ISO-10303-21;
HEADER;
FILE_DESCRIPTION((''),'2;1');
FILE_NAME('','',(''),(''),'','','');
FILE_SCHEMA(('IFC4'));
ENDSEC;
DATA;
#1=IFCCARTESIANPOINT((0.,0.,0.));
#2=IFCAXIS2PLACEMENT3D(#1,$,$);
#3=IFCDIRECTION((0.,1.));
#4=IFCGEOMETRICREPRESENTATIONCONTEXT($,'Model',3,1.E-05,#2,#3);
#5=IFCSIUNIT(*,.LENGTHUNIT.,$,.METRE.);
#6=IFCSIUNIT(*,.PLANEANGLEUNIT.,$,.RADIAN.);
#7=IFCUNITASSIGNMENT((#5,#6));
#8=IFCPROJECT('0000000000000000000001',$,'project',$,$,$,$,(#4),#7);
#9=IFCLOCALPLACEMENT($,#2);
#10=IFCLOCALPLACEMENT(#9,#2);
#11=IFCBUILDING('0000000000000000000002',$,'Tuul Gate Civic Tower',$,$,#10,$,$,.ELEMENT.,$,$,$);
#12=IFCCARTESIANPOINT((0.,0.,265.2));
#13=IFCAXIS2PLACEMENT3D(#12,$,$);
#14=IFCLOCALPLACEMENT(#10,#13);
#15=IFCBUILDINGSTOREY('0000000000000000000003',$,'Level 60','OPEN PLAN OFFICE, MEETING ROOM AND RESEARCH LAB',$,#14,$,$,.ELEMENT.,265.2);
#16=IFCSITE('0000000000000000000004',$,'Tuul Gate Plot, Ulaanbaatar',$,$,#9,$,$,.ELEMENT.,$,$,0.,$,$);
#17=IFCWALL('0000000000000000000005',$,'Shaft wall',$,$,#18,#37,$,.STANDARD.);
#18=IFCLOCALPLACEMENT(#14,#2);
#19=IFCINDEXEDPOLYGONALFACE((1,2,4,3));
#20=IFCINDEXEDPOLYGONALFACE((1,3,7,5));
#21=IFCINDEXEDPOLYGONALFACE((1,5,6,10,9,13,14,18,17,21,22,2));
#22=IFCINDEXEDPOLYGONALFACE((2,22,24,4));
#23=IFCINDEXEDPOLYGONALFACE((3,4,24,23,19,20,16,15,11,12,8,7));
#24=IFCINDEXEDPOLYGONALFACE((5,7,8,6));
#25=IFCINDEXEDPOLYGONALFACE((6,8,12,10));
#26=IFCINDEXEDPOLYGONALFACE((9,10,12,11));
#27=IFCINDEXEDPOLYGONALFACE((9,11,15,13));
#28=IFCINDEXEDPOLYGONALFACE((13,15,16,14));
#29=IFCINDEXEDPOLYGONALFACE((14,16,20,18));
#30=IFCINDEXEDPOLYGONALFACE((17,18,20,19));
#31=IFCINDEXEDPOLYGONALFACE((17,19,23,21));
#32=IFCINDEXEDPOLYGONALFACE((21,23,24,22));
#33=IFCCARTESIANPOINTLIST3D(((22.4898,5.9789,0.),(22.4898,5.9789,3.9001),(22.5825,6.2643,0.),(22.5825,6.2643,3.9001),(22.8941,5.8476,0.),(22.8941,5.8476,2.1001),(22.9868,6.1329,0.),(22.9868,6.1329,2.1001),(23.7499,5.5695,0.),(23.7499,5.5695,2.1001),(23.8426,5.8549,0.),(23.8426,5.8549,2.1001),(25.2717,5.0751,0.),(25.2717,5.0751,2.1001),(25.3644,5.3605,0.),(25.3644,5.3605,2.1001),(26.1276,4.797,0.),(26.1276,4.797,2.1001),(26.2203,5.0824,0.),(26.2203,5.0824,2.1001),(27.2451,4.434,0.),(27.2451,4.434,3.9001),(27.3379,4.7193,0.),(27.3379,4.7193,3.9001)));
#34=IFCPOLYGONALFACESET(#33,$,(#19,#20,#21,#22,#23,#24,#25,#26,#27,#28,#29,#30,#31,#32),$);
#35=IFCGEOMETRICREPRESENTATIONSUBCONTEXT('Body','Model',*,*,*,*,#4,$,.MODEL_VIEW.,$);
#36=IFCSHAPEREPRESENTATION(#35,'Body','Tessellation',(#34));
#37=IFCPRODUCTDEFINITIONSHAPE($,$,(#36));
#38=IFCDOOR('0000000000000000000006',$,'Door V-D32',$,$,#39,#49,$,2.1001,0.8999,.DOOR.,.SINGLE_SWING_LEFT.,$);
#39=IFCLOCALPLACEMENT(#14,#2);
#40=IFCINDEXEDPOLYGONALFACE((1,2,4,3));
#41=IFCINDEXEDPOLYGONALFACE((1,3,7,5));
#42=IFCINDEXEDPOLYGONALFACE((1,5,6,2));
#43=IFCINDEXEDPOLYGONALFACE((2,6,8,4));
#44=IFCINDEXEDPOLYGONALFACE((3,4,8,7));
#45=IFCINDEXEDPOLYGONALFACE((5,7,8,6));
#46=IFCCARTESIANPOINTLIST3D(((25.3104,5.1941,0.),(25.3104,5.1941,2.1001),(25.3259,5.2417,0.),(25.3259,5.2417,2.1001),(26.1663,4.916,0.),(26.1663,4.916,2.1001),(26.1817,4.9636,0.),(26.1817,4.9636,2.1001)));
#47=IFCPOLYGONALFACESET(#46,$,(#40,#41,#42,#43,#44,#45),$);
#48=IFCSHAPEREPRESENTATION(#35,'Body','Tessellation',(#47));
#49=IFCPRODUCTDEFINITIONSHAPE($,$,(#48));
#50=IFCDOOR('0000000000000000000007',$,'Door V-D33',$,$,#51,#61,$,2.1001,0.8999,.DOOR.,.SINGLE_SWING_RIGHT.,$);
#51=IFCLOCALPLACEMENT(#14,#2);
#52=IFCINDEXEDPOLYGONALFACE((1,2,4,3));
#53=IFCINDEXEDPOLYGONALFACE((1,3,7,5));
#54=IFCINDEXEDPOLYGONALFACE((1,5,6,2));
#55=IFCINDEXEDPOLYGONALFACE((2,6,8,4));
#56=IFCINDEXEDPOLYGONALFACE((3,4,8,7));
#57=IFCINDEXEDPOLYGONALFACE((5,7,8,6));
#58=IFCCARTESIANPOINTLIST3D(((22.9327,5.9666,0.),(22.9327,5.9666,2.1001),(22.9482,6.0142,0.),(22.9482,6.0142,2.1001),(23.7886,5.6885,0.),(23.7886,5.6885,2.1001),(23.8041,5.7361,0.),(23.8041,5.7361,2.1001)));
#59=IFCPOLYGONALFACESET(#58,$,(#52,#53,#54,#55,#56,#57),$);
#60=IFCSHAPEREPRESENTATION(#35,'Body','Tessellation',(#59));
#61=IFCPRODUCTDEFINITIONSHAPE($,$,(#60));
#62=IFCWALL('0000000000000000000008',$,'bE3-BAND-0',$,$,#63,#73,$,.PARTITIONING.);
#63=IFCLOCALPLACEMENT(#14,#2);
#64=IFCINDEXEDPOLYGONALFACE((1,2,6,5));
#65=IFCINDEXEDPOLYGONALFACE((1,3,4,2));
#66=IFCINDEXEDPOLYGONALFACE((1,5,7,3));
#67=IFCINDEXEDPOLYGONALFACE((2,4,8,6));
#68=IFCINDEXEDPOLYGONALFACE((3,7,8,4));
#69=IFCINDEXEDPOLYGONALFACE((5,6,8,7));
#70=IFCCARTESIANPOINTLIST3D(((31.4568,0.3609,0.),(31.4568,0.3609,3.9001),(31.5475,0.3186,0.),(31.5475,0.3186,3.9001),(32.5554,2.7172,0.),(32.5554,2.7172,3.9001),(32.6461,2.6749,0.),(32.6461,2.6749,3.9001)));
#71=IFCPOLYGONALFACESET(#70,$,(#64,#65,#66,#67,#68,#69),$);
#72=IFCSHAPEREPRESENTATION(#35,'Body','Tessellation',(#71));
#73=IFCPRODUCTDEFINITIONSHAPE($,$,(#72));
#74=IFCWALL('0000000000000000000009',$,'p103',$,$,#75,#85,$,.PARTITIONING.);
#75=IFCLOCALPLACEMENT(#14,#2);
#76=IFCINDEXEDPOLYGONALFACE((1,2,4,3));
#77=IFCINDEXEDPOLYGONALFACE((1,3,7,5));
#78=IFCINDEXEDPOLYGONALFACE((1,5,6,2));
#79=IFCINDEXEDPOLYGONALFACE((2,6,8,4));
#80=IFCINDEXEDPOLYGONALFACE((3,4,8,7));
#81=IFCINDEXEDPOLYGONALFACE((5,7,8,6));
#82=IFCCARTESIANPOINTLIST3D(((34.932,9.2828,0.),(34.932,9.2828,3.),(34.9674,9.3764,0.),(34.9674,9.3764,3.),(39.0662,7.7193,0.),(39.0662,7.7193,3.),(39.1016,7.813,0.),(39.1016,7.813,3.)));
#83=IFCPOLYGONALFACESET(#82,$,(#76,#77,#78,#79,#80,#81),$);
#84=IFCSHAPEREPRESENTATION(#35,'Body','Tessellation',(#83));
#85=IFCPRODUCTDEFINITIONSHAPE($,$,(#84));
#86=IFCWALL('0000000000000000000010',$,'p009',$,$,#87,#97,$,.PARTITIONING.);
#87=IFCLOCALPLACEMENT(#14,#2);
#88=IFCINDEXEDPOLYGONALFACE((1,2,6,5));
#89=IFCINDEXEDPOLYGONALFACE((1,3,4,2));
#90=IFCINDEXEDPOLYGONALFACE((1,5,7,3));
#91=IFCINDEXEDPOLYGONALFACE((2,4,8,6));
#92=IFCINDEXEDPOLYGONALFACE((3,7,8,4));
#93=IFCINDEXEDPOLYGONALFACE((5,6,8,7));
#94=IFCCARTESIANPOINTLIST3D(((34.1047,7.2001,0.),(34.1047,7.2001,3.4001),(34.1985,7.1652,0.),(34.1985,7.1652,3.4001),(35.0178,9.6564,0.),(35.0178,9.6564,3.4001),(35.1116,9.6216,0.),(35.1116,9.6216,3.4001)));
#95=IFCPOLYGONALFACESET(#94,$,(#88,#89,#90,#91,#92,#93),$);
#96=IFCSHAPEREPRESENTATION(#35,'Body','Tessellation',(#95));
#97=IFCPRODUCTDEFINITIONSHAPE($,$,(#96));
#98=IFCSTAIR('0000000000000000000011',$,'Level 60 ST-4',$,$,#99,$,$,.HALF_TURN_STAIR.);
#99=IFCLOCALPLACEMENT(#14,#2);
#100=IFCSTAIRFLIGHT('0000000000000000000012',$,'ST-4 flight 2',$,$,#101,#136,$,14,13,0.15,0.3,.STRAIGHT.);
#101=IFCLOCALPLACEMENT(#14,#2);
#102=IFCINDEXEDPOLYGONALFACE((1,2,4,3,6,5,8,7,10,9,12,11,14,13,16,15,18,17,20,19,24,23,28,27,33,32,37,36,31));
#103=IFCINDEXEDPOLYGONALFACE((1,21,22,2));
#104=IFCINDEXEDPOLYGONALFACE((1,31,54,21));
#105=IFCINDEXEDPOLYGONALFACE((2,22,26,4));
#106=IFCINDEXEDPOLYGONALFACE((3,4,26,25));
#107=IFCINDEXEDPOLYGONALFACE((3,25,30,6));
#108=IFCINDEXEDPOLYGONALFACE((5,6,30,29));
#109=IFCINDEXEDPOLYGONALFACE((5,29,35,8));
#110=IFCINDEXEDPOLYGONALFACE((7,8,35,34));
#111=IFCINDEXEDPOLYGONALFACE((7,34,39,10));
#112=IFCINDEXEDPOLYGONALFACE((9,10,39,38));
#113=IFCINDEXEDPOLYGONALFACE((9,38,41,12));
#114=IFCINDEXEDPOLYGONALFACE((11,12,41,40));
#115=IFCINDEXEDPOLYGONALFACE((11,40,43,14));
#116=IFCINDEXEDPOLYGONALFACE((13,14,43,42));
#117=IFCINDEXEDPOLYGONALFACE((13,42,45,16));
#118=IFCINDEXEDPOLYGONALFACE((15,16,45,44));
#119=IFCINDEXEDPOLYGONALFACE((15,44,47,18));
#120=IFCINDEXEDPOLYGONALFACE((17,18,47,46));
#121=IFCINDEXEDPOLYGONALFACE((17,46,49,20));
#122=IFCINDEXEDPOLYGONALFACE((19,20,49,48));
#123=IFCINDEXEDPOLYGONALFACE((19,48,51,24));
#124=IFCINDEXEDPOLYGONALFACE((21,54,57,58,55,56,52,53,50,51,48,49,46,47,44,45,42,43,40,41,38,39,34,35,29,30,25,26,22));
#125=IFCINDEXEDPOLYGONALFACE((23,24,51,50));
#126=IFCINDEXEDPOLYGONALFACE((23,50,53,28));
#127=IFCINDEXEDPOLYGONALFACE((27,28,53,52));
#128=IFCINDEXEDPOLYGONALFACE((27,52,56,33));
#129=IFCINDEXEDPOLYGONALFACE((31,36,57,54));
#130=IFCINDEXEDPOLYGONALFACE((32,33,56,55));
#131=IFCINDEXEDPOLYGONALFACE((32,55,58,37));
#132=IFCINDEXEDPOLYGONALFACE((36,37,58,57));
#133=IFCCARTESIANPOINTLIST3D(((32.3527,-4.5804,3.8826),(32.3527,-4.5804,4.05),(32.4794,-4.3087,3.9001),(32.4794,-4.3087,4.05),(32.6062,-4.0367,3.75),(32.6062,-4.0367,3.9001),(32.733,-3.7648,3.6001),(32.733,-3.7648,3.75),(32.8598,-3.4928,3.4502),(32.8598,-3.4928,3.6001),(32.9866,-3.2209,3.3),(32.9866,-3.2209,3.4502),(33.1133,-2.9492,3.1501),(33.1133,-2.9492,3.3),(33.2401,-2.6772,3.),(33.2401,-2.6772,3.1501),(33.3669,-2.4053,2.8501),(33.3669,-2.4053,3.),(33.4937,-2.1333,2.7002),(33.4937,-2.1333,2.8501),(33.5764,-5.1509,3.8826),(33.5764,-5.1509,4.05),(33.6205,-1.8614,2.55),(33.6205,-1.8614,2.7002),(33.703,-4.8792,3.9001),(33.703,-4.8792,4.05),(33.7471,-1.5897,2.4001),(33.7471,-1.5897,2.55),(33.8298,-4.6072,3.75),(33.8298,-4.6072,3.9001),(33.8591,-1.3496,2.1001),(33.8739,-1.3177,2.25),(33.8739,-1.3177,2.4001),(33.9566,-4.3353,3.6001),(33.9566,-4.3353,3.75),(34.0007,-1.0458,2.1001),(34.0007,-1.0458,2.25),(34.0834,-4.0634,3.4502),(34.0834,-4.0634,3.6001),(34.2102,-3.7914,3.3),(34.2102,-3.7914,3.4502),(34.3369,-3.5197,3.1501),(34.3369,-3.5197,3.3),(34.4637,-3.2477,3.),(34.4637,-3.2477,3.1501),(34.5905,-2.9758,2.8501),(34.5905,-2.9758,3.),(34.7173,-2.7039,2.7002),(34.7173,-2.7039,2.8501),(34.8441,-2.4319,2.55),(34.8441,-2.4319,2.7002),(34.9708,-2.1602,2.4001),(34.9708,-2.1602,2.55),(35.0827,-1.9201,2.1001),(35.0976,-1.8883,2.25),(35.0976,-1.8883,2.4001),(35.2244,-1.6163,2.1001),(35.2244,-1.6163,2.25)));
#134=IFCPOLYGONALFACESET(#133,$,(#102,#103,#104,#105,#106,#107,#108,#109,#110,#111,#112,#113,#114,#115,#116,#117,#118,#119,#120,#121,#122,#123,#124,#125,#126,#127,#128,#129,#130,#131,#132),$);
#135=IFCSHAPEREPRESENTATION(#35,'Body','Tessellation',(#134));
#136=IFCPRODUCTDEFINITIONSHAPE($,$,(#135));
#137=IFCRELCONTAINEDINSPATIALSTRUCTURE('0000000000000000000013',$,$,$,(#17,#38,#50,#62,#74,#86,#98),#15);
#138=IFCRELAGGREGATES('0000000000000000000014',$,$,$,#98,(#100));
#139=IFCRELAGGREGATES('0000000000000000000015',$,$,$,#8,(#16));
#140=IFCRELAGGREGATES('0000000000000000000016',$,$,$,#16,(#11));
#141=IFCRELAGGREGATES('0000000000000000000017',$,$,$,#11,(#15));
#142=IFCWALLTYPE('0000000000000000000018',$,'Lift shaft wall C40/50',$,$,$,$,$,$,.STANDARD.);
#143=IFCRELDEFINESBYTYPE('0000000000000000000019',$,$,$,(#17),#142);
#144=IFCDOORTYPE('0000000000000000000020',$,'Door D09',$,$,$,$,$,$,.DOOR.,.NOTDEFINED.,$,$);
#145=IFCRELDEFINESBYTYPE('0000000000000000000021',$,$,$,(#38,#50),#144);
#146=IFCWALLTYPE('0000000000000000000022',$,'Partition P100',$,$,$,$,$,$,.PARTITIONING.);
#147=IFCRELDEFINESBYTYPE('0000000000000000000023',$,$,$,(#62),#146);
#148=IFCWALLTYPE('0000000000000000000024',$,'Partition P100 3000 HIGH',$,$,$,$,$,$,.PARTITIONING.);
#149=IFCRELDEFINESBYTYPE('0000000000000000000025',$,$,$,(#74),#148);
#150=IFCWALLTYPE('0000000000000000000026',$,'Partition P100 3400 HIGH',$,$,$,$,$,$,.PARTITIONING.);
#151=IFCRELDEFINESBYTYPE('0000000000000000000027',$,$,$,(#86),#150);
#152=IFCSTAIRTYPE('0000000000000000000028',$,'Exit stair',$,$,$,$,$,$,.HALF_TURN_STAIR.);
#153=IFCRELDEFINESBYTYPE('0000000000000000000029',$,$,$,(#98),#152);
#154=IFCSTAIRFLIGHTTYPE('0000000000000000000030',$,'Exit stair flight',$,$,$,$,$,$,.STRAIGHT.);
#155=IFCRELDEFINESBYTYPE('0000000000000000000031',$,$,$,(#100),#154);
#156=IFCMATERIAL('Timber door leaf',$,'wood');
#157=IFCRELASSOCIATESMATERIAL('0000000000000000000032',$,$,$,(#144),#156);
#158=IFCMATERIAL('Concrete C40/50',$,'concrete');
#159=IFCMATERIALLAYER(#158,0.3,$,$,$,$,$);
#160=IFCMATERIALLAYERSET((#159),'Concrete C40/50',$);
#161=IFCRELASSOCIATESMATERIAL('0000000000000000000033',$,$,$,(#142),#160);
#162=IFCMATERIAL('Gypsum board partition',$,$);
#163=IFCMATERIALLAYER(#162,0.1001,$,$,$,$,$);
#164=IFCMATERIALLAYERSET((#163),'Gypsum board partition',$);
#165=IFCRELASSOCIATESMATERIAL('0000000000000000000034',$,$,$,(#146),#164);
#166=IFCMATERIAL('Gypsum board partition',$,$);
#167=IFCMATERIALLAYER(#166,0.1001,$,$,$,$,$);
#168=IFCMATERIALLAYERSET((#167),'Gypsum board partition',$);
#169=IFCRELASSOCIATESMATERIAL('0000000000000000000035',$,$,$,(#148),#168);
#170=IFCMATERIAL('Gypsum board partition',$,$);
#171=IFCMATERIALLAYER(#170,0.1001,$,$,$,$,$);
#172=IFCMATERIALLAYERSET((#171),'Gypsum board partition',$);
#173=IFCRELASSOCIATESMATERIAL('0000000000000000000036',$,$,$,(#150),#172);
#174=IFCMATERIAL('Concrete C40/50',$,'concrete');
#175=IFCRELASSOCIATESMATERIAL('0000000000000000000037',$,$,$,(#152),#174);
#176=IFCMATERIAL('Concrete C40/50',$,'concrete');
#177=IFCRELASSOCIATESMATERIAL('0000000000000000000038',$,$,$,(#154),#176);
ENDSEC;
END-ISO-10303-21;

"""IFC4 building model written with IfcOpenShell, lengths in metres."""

from ifc_helpers import new_model, si_unit, direction, frame, frame_2d, origin, place, context, subcontext, project, spatial, polyline, rectangle, outline, extrude, material, layer, layer_set, type_object, element, fill, aggregate, save


model = new_model("IFC4")

# Units and contexts
model_context = context("Model", 3, precision=1e-05, world=origin(), true_north=direction((0.0, 1.0)))
body_context = subcontext(model_context, "Body", "Model", "MODEL_VIEW")
ifc_project = project(units=[si_unit("LENGTHUNIT", "METRE"), si_unit("PLANEANGLEUNIT", "RADIAN")], contexts=[model_context])

# Site, building, storey
site_placement = place(None, origin())
site = spatial("IfcSite", under=ifc_project, at=site_placement, Name="Tuul Gate Plot, Ulaanbaatar", CompositionType="ELEMENT", RefElevation=0.0)
building_placement = place(site_placement, origin())
building = spatial("IfcBuilding", under=site, at=building_placement, Name="Tuul Gate Civic Tower", CompositionType="ELEMENT")
storey_placement = place(building_placement, frame((0.0, 0.0, 265.2)))
storey = spatial("IfcBuildingStorey", under=building, at=storey_placement, Name="Level 60", Description="OPEN PLAN OFFICE, MEETING ROOM AND RESEARCH LAB", CompositionType="ELEMENT", Elevation=265.2)

# Shared definitions
ifc_material_1 = material(Name="Timber door leaf", Category="wood")
door_type = type_object("IfcDoorType", Name="Door D09", OperationType="NOTDEFINED", PredefinedType="DOOR", material=ifc_material_1)

# Wall, openings, doors
ifc_material_2 = material(Name="Concrete C40/50", Category="concrete")
ifc_layer_1 = layer(ifc_material_2, 0.3)
ifc_layer_set_1 = layer_set([ifc_layer_1], Name="Concrete C40/50")
wall_type_1 = type_object("IfcWallType", Name="Lift shaft wall C40/50", PredefinedType="STANDARD", material=ifc_layer_set_1)
wall_1_placement = place(storey_placement, frame((27.2915, 4.5767, 0.0), z_axis=(0.0, 0.0, 1.0), x_axis=(-0.951068, 0.308982, 0.0)))
wall_1 = element("IfcWall", 1, at=wall_1_placement, inside=storey, type_object=wall_type_1, Name="Shaft wall", PredefinedType="STANDARD", context=body_context, shape_type="SweptSolid", body=[
    extrude(rectangle(XDim=5.0, YDim=0.3, at=frame_2d((2.5, 0.0))), origin(), (0.0, 0.0, 1.0), 3.9001),
])
opening_1_placement = place(wall_1_placement, frame((1.175, 0.0, 0.0)))
opening_1 = element("IfcOpeningElement", 2, at=opening_1_placement, cuts=wall_1, PredefinedType="OPENING", context=body_context, shape_type="SweptSolid", body=[
    extrude(rectangle(XDim=0.8999, YDim=2.1001, at=frame_2d((0.45, 1.05))), frame((0.0, 0.1602, 0.0), z_axis=(0.0, -1.0, 0.0), x_axis=(1.0, 0.0, 0.0)), (0.0, 0.0, 1.0), 0.3201),
])
opening_2_placement = place(wall_1_placement, frame((3.675, 0.0, 0.0)))
opening_2 = element("IfcOpeningElement", 3, at=opening_2_placement, cuts=wall_1, PredefinedType="OPENING", context=body_context, shape_type="SweptSolid", body=[
    extrude(rectangle(XDim=0.8999, YDim=2.1001, at=frame_2d((0.45, 1.05))), frame((0.0, 0.1602, 0.0), z_axis=(0.0, -1.0, 0.0), x_axis=(1.0, 0.0, 0.0)), (0.0, 0.0, 1.0), 0.3201),
])
door_1_placement = place(opening_1_placement, origin())
door_1 = element("IfcDoor", 4, at=door_1_placement, inside=storey, type_object=door_type, Name="Door V-D32", OperationType="SINGLE_SWING_LEFT", OverallHeight=2.1001, OverallWidth=0.8999, PredefinedType="DOOR", context=body_context, shape_type="SweptSolid", body=[
    extrude(rectangle(XDim=0.8999, YDim=2.1001, at=frame_2d((0.45, 1.05))), frame((0.0, 0.0249, 0.0), z_axis=(0.0, -1.0, 0.0), x_axis=(1.0, 0.0, 0.0)), (0.0, 0.0, 1.0), 0.05),
])
fill(opening_1, door_1)
door_2_placement = place(opening_2_placement, origin())
door_2 = element("IfcDoor", 5, at=door_2_placement, inside=storey, type_object=door_type, Name="Door V-D33", OperationType="SINGLE_SWING_RIGHT", OverallHeight=2.1001, OverallWidth=0.8999, PredefinedType="DOOR", context=body_context, shape_type="SweptSolid", body=[
    extrude(rectangle(XDim=0.8999, YDim=2.1001, at=frame_2d((0.45, 1.05))), frame((0.0, 0.0249, 0.0), z_axis=(0.0, -1.0, 0.0), x_axis=(1.0, 0.0, 0.0)), (0.0, 0.0, 1.0), 0.05),
])
fill(opening_2, door_2)

# Walls
ifc_material_3 = material(Name="Gypsum board partition")
ifc_layer_2 = layer(ifc_material_3, 0.1001)
ifc_layer_set_2 = layer_set([ifc_layer_2], Name="Gypsum board partition")
wall_type_2 = type_object("IfcWallType", Name="Partition P100", PredefinedType="PARTITIONING", material=ifc_layer_set_2)
wall_2_placement = place(storey_placement, frame((31.5022, 0.3398, 0.0), z_axis=(0.0, 0.0, 1.0), x_axis=(0.422556, 0.906337, 0.0)))
element("IfcWall", 6, at=wall_2_placement, inside=storey, type_object=wall_type_2, Name="bE3-BAND-0", PredefinedType="PARTITIONING", context=body_context, shape_type="SweptSolid", body=[
    extrude(rectangle(XDim=2.5999, YDim=0.1001, at=frame_2d((1.2998, 0.0))), origin(), (0.0, 0.0, 1.0), 3.9001),
])
ifc_material_4 = material(Name="Gypsum board partition")
ifc_layer_3 = layer(ifc_material_4, 0.1001)
ifc_layer_set_3 = layer_set([ifc_layer_3], Name="Gypsum board partition")
wall_type_3 = type_object("IfcWallType", Name="Partition P100 3000 HIGH", PredefinedType="PARTITIONING", material=ifc_layer_set_3)
wall_3_placement = place(storey_placement, frame((34.9497, 9.3296, 0.0), z_axis=(0.0, 0.0, 1.0), x_axis=(0.935349, -0.353725, 0.0)))
element("IfcWall", 7, at=wall_3_placement, inside=storey, type_object=wall_type_3, Name="p103", PredefinedType="PARTITIONING", context=body_context, shape_type="SweptSolid", body=[
    extrude(rectangle(XDim=4.4199, YDim=0.1001, at=frame_2d((2.21, 0.0))), origin(), (0.0, 0.0, 1.0), 3.0),
])
ifc_material_5 = material(Name="Gypsum board partition")
ifc_layer_4 = layer(ifc_material_5, 0.1001)
ifc_layer_set_4 = layer_set([ifc_layer_4], Name="Gypsum board partition")
wall_type_4 = type_object("IfcWallType", Name="Partition P100 3400 HIGH", PredefinedType="PARTITIONING", material=ifc_layer_set_4)
wall_4_placement = place(storey_placement, frame((34.1516, 7.1826, 0.0), z_axis=(0.0, 0.0, 1.0), x_axis=(0.348437, 0.937332, 0.0)))
element("IfcWall", 8, at=wall_4_placement, inside=storey, type_object=wall_type_4, Name="p009", PredefinedType="PARTITIONING", context=body_context, shape_type="SweptSolid", body=[
    extrude(rectangle(XDim=2.6206, YDim=0.1001, at=frame_2d((1.3103, 0.0))), origin(), (0.0, 0.0, 1.0), 3.4001),
])

# Stair, stair flight
ifc_material_6 = material(Name="Concrete C40/50", Category="concrete")
stair_type = type_object("IfcStairType", Name="Exit stair", PredefinedType="HALF_TURN_STAIR", material=ifc_material_6)
stair_placement = place(storey_placement, origin())
stair = element("IfcStair", 9, at=stair_placement, inside=storey, type_object=stair_type, Name="Level 60 ST-4", PredefinedType="HALF_TURN_STAIR")
ifc_material_7 = material(Name="Concrete C40/50", Category="concrete")
stair_flight_type = type_object("IfcStairFlightType", Name="Exit stair flight", PredefinedType="STRAIGHT", material=ifc_material_7)
stair_flight_placement = place(storey_placement, frame((34.6125, -1.3311, 2.1001), z_axis=(0.0, 0.0, 1.0), x_axis=(-0.422576, -0.906327, 0.0)))
stair_flight = element("IfcStairFlight", 10, at=stair_flight_placement, type_object=stair_flight_type, Name="ST-4 flight 2", NumberOfRisers=14, NumberOfTreads=13, PredefinedType="STRAIGHT", RiserHeight=0.15, TreadLength=0.3, context=body_context, shape_type="SweptSolid", body=[
    extrude(outline(polyline([(0.0, 0.0), (0.0, 0.1499), (0.3, 0.1499), (0.3, 0.3), (0.6001, 0.3), (0.6001, 0.45), (0.8999, 0.45), (0.8999, 0.6001), (1.2, 0.6001), (1.2, 0.75), (1.5, 0.75), (1.5, 0.8999), (1.8, 0.8999), (1.8, 1.05), (2.1001, 1.05), (2.1001, 1.2), (2.3999, 1.2), (2.3999, 1.3501), (2.7, 1.3501), (2.7, 1.5), (3.0, 1.5), (3.0, 1.6499), (3.3, 1.6499), (3.3, 1.8), (3.6001, 1.8), (3.6001, 1.95), (3.8999, 1.95), (3.8999, 2.1001), (3.8999, 1.7825), (0.3352, 0.0), (0.0, 0.0)])), frame((0.0, 0.675, 0.0), z_axis=(0.0, -1.0, 0.0), x_axis=(1.0, 0.0, 0.0)), (0.0, 0.0, 1.0), 1.3501),
])
aggregate(stair, [stair_flight])

save(model, "model.ifc")
